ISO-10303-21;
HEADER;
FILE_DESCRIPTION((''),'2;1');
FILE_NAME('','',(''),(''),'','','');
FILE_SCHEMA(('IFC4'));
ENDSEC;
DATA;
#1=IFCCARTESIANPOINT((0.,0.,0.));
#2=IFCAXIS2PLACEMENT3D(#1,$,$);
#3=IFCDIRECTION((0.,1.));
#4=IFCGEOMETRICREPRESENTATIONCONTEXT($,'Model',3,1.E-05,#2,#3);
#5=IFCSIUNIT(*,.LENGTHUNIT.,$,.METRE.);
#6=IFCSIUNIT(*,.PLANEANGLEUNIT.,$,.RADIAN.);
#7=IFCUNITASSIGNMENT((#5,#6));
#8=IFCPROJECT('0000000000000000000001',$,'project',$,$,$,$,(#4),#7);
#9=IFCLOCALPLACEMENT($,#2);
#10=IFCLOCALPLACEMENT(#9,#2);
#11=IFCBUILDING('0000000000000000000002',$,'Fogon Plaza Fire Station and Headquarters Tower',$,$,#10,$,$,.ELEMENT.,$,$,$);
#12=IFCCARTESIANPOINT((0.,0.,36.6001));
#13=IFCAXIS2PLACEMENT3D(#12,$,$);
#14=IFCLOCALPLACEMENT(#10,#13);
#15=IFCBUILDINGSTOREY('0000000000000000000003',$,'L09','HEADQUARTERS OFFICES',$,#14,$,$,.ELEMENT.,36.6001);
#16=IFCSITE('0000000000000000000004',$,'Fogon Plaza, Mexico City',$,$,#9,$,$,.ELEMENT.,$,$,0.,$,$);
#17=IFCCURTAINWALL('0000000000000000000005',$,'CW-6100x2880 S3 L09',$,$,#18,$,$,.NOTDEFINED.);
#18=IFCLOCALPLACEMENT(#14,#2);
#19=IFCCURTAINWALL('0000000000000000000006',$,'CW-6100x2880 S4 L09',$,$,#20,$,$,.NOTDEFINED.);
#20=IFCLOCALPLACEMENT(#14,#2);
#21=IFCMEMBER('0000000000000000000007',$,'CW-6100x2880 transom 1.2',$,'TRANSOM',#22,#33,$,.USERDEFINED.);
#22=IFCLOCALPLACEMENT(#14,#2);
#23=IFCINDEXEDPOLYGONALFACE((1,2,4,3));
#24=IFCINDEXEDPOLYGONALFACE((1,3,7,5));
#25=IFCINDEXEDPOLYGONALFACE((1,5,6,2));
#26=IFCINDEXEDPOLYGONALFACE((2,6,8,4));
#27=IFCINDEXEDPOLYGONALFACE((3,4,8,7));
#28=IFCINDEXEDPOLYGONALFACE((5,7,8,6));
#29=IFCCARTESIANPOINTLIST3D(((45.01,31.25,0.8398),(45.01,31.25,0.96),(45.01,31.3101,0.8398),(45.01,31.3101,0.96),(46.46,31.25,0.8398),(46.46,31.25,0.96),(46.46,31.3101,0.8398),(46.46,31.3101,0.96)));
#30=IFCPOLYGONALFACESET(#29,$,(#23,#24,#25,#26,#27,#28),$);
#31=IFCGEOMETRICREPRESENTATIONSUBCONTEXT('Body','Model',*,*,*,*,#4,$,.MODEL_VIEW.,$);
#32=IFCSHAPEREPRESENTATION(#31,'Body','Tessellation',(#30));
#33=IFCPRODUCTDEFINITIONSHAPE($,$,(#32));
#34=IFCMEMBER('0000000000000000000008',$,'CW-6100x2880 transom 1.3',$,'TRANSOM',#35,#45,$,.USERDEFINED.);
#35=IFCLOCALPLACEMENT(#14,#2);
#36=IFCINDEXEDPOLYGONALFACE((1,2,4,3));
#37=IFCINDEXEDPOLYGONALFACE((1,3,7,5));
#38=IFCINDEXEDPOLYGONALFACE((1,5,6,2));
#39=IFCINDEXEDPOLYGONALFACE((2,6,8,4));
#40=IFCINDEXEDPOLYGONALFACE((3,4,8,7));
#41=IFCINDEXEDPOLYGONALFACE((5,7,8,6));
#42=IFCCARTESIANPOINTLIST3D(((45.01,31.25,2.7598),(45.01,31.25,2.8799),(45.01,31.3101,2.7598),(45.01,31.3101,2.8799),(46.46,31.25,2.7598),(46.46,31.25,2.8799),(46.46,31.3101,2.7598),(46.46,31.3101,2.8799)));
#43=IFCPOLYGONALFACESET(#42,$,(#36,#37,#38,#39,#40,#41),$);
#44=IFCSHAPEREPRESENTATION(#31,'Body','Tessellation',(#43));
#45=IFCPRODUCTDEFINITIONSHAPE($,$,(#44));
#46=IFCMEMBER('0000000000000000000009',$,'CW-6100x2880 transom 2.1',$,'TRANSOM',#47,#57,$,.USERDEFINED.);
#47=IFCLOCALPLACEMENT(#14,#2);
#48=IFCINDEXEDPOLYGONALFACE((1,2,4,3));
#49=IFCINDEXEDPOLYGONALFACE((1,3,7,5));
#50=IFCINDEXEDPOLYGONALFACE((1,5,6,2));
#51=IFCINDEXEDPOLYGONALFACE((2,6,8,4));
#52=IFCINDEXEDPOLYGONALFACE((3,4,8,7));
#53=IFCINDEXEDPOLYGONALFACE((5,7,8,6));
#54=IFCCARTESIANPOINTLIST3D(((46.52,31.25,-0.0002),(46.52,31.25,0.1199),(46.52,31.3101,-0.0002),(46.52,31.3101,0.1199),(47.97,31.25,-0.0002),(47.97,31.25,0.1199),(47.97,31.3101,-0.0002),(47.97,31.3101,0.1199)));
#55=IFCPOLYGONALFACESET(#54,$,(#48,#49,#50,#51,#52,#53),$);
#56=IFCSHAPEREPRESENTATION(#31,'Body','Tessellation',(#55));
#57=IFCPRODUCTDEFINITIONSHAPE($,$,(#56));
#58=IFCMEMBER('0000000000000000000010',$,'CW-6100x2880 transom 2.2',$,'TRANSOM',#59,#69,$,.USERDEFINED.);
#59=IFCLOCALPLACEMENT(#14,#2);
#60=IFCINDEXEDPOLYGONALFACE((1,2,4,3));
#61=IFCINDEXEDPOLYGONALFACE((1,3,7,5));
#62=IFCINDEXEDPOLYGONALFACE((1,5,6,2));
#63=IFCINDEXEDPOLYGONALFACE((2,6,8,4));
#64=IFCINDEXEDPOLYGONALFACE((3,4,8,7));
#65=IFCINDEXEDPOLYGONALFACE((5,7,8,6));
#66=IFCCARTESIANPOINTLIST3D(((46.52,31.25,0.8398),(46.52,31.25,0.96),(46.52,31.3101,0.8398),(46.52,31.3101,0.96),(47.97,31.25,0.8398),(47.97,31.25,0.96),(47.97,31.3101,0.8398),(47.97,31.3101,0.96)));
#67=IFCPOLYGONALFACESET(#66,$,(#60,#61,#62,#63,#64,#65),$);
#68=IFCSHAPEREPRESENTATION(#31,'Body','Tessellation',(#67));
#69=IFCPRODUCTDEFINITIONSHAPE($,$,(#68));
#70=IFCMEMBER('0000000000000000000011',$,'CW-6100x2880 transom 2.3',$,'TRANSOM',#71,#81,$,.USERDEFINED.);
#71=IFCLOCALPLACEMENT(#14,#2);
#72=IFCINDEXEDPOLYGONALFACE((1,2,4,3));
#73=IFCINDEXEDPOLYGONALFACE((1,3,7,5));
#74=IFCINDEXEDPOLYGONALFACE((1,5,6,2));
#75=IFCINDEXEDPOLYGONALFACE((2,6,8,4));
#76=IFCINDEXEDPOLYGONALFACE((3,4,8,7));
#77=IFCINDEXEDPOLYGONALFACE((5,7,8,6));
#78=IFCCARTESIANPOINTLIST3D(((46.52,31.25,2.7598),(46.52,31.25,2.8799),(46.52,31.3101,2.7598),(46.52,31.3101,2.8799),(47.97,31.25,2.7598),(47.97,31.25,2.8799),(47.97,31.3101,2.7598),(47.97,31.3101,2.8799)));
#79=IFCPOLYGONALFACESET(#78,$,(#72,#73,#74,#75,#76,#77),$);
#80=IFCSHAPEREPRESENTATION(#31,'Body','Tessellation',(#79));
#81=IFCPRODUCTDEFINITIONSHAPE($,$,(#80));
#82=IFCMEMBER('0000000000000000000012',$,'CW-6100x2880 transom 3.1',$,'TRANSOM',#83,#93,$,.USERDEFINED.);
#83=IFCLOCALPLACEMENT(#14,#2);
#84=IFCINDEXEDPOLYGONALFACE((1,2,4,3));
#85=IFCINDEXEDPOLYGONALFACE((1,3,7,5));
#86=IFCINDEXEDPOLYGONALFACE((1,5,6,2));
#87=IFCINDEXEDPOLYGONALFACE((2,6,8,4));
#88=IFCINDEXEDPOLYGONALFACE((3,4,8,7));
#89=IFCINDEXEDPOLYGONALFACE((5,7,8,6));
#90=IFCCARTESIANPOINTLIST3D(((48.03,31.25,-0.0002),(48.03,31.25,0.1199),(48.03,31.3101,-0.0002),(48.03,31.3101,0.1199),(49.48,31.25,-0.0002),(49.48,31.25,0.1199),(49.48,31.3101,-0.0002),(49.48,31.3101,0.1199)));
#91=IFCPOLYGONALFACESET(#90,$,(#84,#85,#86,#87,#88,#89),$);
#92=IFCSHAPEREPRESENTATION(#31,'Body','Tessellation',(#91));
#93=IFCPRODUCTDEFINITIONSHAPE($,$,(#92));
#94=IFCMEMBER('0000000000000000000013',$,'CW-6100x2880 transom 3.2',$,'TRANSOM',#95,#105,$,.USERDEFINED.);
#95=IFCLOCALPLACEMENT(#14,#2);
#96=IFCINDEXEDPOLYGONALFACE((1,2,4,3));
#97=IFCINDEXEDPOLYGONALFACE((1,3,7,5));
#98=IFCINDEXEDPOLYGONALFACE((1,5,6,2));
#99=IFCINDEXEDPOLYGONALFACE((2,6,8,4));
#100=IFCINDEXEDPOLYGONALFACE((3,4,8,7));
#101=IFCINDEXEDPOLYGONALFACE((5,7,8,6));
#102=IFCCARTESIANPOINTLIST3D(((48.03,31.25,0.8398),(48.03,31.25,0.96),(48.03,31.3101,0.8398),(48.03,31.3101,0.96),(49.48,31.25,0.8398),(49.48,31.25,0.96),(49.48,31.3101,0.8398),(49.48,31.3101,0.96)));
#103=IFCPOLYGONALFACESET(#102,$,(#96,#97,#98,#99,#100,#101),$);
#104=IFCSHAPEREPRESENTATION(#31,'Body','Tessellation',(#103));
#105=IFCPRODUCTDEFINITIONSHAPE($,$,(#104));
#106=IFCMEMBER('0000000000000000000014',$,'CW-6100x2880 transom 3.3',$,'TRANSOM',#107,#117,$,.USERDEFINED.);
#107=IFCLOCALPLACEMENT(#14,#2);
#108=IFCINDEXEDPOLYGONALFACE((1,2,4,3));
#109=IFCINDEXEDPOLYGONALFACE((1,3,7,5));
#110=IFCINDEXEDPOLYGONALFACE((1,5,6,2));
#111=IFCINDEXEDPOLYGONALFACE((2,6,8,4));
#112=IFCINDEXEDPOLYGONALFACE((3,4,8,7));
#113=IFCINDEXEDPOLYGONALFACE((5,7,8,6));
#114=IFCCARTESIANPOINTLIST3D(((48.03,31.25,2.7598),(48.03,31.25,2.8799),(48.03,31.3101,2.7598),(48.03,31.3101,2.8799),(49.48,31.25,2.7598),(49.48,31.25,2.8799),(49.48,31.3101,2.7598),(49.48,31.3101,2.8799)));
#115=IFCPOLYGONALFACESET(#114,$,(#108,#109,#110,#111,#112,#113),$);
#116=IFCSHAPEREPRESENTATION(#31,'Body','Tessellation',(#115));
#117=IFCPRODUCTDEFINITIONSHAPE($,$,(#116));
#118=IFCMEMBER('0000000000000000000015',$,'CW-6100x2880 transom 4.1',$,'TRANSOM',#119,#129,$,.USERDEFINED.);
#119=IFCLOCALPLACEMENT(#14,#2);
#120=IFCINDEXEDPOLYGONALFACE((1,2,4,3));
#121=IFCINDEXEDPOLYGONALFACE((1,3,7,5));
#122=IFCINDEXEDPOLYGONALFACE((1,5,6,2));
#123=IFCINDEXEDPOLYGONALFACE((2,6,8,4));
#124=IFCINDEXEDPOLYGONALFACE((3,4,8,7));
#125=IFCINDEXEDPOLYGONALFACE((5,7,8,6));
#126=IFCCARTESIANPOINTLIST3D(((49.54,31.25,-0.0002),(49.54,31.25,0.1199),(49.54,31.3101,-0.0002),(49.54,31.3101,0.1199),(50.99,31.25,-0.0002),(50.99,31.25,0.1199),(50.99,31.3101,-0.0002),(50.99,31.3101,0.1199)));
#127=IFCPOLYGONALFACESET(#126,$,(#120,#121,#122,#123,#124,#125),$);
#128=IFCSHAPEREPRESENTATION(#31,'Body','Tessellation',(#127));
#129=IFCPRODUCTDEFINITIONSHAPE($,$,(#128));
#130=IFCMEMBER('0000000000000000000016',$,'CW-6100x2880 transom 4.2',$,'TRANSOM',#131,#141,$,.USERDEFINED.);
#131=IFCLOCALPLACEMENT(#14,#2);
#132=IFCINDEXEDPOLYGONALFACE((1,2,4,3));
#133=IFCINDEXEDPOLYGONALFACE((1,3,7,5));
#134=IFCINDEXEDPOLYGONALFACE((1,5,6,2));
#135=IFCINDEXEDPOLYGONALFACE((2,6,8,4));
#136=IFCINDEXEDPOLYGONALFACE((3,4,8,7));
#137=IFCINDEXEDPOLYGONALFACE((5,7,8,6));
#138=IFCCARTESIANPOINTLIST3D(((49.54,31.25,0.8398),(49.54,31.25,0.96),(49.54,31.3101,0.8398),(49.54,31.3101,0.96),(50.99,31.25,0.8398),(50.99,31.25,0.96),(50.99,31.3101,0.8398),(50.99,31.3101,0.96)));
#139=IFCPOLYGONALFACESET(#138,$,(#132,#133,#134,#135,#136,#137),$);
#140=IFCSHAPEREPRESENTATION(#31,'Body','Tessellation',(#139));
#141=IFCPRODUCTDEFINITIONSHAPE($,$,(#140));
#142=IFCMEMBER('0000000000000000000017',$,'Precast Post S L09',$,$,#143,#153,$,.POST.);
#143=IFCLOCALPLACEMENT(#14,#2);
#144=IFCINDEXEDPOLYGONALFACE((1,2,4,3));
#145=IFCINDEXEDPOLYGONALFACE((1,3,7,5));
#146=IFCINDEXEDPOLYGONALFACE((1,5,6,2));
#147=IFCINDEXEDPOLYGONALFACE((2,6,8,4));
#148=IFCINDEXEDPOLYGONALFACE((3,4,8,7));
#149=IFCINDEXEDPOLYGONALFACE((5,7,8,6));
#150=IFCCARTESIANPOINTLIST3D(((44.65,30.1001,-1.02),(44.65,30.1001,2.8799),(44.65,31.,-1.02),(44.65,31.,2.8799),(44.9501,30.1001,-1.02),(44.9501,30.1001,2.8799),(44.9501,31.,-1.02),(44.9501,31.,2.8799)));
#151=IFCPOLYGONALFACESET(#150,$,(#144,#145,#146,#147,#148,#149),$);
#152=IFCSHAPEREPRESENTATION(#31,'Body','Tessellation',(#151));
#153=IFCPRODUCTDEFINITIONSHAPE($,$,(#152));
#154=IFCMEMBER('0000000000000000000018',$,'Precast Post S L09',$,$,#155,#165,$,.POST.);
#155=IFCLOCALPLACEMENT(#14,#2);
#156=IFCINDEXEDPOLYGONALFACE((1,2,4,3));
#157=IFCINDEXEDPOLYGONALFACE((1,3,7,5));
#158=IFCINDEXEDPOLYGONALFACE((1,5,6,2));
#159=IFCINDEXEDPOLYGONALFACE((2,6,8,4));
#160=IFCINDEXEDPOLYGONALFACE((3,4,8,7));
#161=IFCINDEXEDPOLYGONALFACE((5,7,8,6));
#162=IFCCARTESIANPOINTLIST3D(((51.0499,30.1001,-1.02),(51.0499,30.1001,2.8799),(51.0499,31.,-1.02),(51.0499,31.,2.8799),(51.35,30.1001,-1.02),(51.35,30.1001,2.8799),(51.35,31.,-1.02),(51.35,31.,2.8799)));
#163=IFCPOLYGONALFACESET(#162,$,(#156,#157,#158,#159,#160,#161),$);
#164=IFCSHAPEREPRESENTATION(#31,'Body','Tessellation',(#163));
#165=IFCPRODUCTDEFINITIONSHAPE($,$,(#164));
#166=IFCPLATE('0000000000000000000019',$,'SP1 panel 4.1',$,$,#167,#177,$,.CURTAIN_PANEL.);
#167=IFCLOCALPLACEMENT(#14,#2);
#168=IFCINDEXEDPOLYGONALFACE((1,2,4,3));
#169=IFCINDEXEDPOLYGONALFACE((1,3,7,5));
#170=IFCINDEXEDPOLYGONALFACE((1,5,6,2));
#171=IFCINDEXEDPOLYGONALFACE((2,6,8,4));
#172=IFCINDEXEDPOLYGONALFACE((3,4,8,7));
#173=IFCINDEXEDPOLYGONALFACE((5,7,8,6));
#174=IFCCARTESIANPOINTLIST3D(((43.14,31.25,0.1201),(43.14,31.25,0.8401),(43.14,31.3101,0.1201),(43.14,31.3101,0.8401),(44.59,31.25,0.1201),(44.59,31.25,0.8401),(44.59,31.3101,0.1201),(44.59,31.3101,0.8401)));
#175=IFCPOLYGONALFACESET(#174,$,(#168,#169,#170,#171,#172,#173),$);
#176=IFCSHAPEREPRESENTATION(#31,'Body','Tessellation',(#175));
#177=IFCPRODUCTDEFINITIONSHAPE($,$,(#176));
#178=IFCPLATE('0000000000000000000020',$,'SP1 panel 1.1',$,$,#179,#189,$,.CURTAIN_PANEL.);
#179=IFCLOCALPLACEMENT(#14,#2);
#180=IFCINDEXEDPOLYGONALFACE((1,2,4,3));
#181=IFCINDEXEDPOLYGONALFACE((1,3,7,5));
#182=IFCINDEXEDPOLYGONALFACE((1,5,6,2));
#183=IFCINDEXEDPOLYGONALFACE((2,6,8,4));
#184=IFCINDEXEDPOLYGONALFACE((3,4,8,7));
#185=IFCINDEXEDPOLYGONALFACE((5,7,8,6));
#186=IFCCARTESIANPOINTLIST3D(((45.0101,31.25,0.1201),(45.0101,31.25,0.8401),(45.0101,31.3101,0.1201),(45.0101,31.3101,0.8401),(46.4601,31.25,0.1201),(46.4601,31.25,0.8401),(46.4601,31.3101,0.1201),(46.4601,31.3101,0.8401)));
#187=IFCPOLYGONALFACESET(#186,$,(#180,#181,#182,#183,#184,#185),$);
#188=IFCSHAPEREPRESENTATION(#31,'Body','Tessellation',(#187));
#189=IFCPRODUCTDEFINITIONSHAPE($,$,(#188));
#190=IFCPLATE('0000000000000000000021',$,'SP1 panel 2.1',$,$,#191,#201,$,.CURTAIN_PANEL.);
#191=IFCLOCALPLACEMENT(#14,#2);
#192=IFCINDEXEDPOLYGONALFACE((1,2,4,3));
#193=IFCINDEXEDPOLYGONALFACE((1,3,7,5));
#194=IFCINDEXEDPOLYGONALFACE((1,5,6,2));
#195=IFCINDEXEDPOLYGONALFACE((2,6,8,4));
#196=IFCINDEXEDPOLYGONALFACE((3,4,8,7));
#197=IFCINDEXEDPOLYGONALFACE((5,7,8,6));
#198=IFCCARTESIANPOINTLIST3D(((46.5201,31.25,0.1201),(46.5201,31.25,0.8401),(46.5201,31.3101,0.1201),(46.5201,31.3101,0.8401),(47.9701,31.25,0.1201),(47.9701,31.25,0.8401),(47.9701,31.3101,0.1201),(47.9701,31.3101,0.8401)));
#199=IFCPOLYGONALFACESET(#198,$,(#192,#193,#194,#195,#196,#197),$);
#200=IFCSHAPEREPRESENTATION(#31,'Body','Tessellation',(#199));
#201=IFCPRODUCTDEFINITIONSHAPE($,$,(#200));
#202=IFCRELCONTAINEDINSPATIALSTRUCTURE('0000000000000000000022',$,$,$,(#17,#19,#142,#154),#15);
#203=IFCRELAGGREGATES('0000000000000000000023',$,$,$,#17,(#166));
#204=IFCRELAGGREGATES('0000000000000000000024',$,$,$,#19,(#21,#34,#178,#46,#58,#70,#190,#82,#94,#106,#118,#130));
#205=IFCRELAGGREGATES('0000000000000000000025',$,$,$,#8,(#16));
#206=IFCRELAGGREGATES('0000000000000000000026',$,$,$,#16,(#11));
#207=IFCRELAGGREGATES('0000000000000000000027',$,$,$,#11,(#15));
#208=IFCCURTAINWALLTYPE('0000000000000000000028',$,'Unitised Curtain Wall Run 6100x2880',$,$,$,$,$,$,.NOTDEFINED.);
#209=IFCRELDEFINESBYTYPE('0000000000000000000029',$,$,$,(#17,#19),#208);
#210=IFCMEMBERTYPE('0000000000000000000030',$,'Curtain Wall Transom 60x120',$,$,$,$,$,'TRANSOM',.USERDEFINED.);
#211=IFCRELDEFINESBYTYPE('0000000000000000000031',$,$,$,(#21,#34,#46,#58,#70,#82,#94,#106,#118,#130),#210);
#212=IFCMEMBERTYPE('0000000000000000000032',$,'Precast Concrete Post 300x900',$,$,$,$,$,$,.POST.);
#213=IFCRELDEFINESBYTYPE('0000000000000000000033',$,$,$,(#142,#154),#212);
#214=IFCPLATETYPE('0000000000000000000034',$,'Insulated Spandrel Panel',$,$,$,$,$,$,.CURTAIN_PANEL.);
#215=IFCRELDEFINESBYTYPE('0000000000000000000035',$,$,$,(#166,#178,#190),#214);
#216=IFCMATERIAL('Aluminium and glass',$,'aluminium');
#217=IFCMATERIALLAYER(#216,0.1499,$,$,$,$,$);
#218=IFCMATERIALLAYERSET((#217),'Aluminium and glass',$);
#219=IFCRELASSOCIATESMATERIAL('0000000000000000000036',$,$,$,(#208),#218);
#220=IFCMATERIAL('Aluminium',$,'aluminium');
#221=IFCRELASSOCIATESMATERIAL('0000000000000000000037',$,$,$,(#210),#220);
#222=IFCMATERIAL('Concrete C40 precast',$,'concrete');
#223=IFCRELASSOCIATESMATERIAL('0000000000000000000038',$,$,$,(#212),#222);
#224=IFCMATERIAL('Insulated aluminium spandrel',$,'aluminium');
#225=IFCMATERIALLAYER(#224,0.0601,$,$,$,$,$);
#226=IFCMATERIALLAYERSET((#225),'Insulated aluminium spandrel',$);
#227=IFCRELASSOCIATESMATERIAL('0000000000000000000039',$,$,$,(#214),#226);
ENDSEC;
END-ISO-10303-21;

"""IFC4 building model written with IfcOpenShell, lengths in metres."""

from ifc_helpers import new_model, si_unit, direction, frame, origin, origin_2d, place, context, subcontext, project, spatial, rectangle, extrude, material, layer, layer_set, material_profile, profile_set, type_object, element, aggregate, save


model = new_model("IFC4")

# Units and contexts
model_context = context("Model", 3, precision=1e-05, world=origin(), true_north=direction((0.0, 1.0)))
body_context = subcontext(model_context, "Body", "Model", "MODEL_VIEW")
ifc_project = project(units=[si_unit("LENGTHUNIT", "METRE"), si_unit("PLANEANGLEUNIT", "RADIAN")], contexts=[model_context])

# Site, building, storey
site_placement = place(None, origin())
site = spatial("IfcSite", under=ifc_project, at=site_placement, Name="Fogon Plaza, Mexico City", CompositionType="ELEMENT", RefElevation=0.0)
building_placement = place(site_placement, origin())
building = spatial("IfcBuilding", under=site, at=building_placement, Name="Fogon Plaza Fire Station and Headquarters Tower", CompositionType="ELEMENT")
storey_placement = place(building_placement, frame((0.0, 0.0, 36.6001)))
storey = spatial("IfcBuildingStorey", under=building, at=storey_placement, Name="L09", Description="HEADQUARTERS OFFICES", CompositionType="ELEMENT", Elevation=36.6001)

# Curtain walls
ifc_material_1 = material(Name="Aluminium and glass", Category="aluminium")
ifc_layer_1 = layer(ifc_material_1, 0.1499)
ifc_layer_set_1 = layer_set([ifc_layer_1], Name="Aluminium and glass")
curtain_wall_type = type_object("IfcCurtainWallType", Name="Unitised Curtain Wall Run 6100x2880", PredefinedType="NOTDEFINED", material=ifc_layer_set_1)
curtain_wall_1_placement = place(storey_placement, origin())
curtain_wall_1 = element("IfcCurtainWall", 1, at=curtain_wall_1_placement, inside=storey, type_object=curtain_wall_type, Name="CW-6100x2880 S3 L09", PredefinedType="NOTDEFINED")
curtain_wall_2_placement = place(storey_placement, origin())
curtain_wall_2 = element("IfcCurtainWall", 2, at=curtain_wall_2_placement, inside=storey, type_object=curtain_wall_type, Name="CW-6100x2880 S4 L09", PredefinedType="NOTDEFINED")

# Members
ifc_material_2 = material(Name="Aluminium", Category="aluminium")
ifc_material_profile_1 = material_profile(ifc_material_2, rectangle(XDim=0.0601, YDim=0.1201, at=origin_2d()), Name="Curtain Wall Transom 60x120")
ifc_profile_set_1 = profile_set([ifc_material_profile_1], Name="Aluminium")
member_type_1 = type_object("IfcMemberType", Name="Curtain Wall Transom 60x120", ElementType="TRANSOM", PredefinedType="USERDEFINED", material=ifc_profile_set_1)
member_1_placement = place(storey_placement, frame((45.01, 31.28, 0.8999), z_axis=(1.0, 0.0, 0.0), x_axis=(0.0, 1.0, 0.0)))
member_1 = element("IfcMember", 3, at=member_1_placement, type_object=member_type_1, Name="CW-6100x2880 transom 1.2", ObjectType="TRANSOM", PredefinedType="USERDEFINED", context=body_context, shape_type="SweptSolid", body=[
    extrude(rectangle(XDim=0.0601, YDim=0.1201, at=origin_2d()), origin(), (0.0, 0.0, 1.0), 1.45),
])
member_2_placement = place(storey_placement, frame((45.01, 31.28, 2.8198), z_axis=(1.0, 0.0, 0.0), x_axis=(0.0, 1.0, 0.0)))
member_2 = element("IfcMember", 4, at=member_2_placement, type_object=member_type_1, Name="CW-6100x2880 transom 1.3", ObjectType="TRANSOM", PredefinedType="USERDEFINED", context=body_context, shape_type="SweptSolid", body=[
    extrude(rectangle(XDim=0.0601, YDim=0.1201, at=origin_2d()), origin(), (0.0, 0.0, 1.0), 1.45),
])
member_3_placement = place(storey_placement, frame((46.52, 31.28, 0.0598), z_axis=(1.0, 0.0, 0.0), x_axis=(0.0, 1.0, 0.0)))
member_3 = element("IfcMember", 5, at=member_3_placement, type_object=member_type_1, Name="CW-6100x2880 transom 2.1", ObjectType="TRANSOM", PredefinedType="USERDEFINED", context=body_context, shape_type="SweptSolid", body=[
    extrude(rectangle(XDim=0.0601, YDim=0.1201, at=origin_2d()), origin(), (0.0, 0.0, 1.0), 1.45),
])
member_4_placement = place(storey_placement, frame((46.52, 31.28, 0.8999), z_axis=(1.0, 0.0, 0.0), x_axis=(0.0, 1.0, 0.0)))
member_4 = element("IfcMember", 6, at=member_4_placement, type_object=member_type_1, Name="CW-6100x2880 transom 2.2", ObjectType="TRANSOM", PredefinedType="USERDEFINED", context=body_context, shape_type="SweptSolid", body=[
    extrude(rectangle(XDim=0.0601, YDim=0.1201, at=origin_2d()), origin(), (0.0, 0.0, 1.0), 1.45),
])
member_5_placement = place(storey_placement, frame((46.52, 31.28, 2.8198), z_axis=(1.0, 0.0, 0.0), x_axis=(0.0, 1.0, 0.0)))
member_5 = element("IfcMember", 7, at=member_5_placement, type_object=member_type_1, Name="CW-6100x2880 transom 2.3", ObjectType="TRANSOM", PredefinedType="USERDEFINED", context=body_context, shape_type="SweptSolid", body=[
    extrude(rectangle(XDim=0.0601, YDim=0.1201, at=origin_2d()), origin(), (0.0, 0.0, 1.0), 1.45),
])
member_6_placement = place(storey_placement, frame((48.03, 31.28, 0.0598), z_axis=(1.0, 0.0, 0.0), x_axis=(0.0, 1.0, 0.0)))
member_6 = element("IfcMember", 8, at=member_6_placement, type_object=member_type_1, Name="CW-6100x2880 transom 3.1", ObjectType="TRANSOM", PredefinedType="USERDEFINED", context=body_context, shape_type="SweptSolid", body=[
    extrude(rectangle(XDim=0.0601, YDim=0.1201, at=origin_2d()), origin(), (0.0, 0.0, 1.0), 1.45),
])
member_7_placement = place(storey_placement, frame((48.03, 31.28, 0.8999), z_axis=(1.0, 0.0, 0.0), x_axis=(0.0, 1.0, 0.0)))
member_7 = element("IfcMember", 9, at=member_7_placement, type_object=member_type_1, Name="CW-6100x2880 transom 3.2", ObjectType="TRANSOM", PredefinedType="USERDEFINED", context=body_context, shape_type="SweptSolid", body=[
    extrude(rectangle(XDim=0.0601, YDim=0.1201, at=origin_2d()), origin(), (0.0, 0.0, 1.0), 1.45),
])
member_8_placement = place(storey_placement, frame((48.03, 31.28, 2.8198), z_axis=(1.0, 0.0, 0.0), x_axis=(0.0, 1.0, 0.0)))
member_8 = element("IfcMember", 10, at=member_8_placement, type_object=member_type_1, Name="CW-6100x2880 transom 3.3", ObjectType="TRANSOM", PredefinedType="USERDEFINED", context=body_context, shape_type="SweptSolid", body=[
    extrude(rectangle(XDim=0.0601, YDim=0.1201, at=origin_2d()), origin(), (0.0, 0.0, 1.0), 1.45),
])
member_9_placement = place(storey_placement, frame((49.54, 31.28, 0.0598), z_axis=(1.0, 0.0, 0.0), x_axis=(0.0, 1.0, 0.0)))
member_9 = element("IfcMember", 11, at=member_9_placement, type_object=member_type_1, Name="CW-6100x2880 transom 4.1", ObjectType="TRANSOM", PredefinedType="USERDEFINED", context=body_context, shape_type="SweptSolid", body=[
    extrude(rectangle(XDim=0.0601, YDim=0.1201, at=origin_2d()), origin(), (0.0, 0.0, 1.0), 1.45),
])
member_10_placement = place(storey_placement, frame((49.54, 31.28, 0.8999), z_axis=(1.0, 0.0, 0.0), x_axis=(0.0, 1.0, 0.0)))
member_10 = element("IfcMember", 12, at=member_10_placement, type_object=member_type_1, Name="CW-6100x2880 transom 4.2", ObjectType="TRANSOM", PredefinedType="USERDEFINED", context=body_context, shape_type="SweptSolid", body=[
    extrude(rectangle(XDim=0.0601, YDim=0.1201, at=origin_2d()), origin(), (0.0, 0.0, 1.0), 1.45),
])

# Members
ifc_material_3 = material(Name="Concrete C40 precast", Category="concrete")
ifc_material_profile_2 = material_profile(ifc_material_3, rectangle(XDim=0.3, YDim=0.8999, at=origin_2d()), Name="Precast Concrete Post 300x900")
ifc_profile_set_2 = profile_set([ifc_material_profile_2], Name="Concrete C40 precast")
member_type_2 = type_object("IfcMemberType", Name="Precast Concrete Post 300x900", PredefinedType="POST", material=ifc_profile_set_2)
for number, where, z_axis, x_axis, name in (
    (13, (44.8, 30.55, -1.02), (0.0, 0.0, 1.0), (1.0, 0.0, 0.0), "Precast Post S L09"),
    (14, (51.2, 30.55, -1.02), (0.0, 0.0, 1.0), (1.0, 0.0, 0.0), "Precast Post S L09"),
):
    element("IfcMember", number, at=place(storey_placement, frame(where, z_axis=z_axis, x_axis=x_axis)), inside=storey, type_object=member_type_2, Name=name, PredefinedType="POST", context=body_context, shape_type="SweptSolid", body=[
        extrude(rectangle(XDim=0.3, YDim=0.8999, at=origin_2d()), origin(), (0.0, 0.0, 1.0), 3.8999),
    ])

# Plates
ifc_material_4 = material(Name="Insulated aluminium spandrel", Category="aluminium")
ifc_layer_2 = layer(ifc_material_4, 0.0601)
ifc_layer_set_2 = layer_set([ifc_layer_2], Name="Insulated aluminium spandrel")
plate_type_1 = type_object("IfcPlateType", Name="Insulated Spandrel Panel", PredefinedType="CURTAIN_PANEL", material=ifc_layer_set_2)
plate_1_placement = place(storey_placement, frame((43.865, 31.28, 0.1201), z_axis=(0.0, 0.0, 1.0), x_axis=(1.0, 0.0, 0.0)))
plate_1 = element("IfcPlate", 15, at=plate_1_placement, type_object=plate_type_1, Name="SP1 panel 4.1", PredefinedType="CURTAIN_PANEL", context=body_context, shape_type="SweptSolid", body=[
    extrude(rectangle(XDim=1.45, YDim=0.0601, at=origin_2d()), origin(), (0.0, 0.0, 1.0), 0.72),
])
plate_2_placement = place(storey_placement, frame((45.7351, 31.28, 0.1201), z_axis=(0.0, 0.0, 1.0), x_axis=(1.0, 0.0, 0.0)))
plate_2 = element("IfcPlate", 16, at=plate_2_placement, type_object=plate_type_1, Name="SP1 panel 1.1", PredefinedType="CURTAIN_PANEL", context=body_context, shape_type="SweptSolid", body=[
    extrude(rectangle(XDim=1.45, YDim=0.0601, at=origin_2d()), origin(), (0.0, 0.0, 1.0), 0.72),
])
plate_3_placement = place(storey_placement, frame((47.2451, 31.28, 0.1201), z_axis=(0.0, 0.0, 1.0), x_axis=(1.0, 0.0, 0.0)))
plate_3 = element("IfcPlate", 17, at=plate_3_placement, type_object=plate_type_1, Name="SP1 panel 2.1", PredefinedType="CURTAIN_PANEL", context=body_context, shape_type="SweptSolid", body=[
    extrude(rectangle(XDim=1.45, YDim=0.0601, at=origin_2d()), origin(), (0.0, 0.0, 1.0), 0.72),
])
aggregate(curtain_wall_1, [plate_1])
aggregate(curtain_wall_2, [member_1, member_2, plate_2, member_3, member_4, member_5, plate_3, member_6, member_7, member_8, member_9, member_10])

save(model, "model.ifc")
